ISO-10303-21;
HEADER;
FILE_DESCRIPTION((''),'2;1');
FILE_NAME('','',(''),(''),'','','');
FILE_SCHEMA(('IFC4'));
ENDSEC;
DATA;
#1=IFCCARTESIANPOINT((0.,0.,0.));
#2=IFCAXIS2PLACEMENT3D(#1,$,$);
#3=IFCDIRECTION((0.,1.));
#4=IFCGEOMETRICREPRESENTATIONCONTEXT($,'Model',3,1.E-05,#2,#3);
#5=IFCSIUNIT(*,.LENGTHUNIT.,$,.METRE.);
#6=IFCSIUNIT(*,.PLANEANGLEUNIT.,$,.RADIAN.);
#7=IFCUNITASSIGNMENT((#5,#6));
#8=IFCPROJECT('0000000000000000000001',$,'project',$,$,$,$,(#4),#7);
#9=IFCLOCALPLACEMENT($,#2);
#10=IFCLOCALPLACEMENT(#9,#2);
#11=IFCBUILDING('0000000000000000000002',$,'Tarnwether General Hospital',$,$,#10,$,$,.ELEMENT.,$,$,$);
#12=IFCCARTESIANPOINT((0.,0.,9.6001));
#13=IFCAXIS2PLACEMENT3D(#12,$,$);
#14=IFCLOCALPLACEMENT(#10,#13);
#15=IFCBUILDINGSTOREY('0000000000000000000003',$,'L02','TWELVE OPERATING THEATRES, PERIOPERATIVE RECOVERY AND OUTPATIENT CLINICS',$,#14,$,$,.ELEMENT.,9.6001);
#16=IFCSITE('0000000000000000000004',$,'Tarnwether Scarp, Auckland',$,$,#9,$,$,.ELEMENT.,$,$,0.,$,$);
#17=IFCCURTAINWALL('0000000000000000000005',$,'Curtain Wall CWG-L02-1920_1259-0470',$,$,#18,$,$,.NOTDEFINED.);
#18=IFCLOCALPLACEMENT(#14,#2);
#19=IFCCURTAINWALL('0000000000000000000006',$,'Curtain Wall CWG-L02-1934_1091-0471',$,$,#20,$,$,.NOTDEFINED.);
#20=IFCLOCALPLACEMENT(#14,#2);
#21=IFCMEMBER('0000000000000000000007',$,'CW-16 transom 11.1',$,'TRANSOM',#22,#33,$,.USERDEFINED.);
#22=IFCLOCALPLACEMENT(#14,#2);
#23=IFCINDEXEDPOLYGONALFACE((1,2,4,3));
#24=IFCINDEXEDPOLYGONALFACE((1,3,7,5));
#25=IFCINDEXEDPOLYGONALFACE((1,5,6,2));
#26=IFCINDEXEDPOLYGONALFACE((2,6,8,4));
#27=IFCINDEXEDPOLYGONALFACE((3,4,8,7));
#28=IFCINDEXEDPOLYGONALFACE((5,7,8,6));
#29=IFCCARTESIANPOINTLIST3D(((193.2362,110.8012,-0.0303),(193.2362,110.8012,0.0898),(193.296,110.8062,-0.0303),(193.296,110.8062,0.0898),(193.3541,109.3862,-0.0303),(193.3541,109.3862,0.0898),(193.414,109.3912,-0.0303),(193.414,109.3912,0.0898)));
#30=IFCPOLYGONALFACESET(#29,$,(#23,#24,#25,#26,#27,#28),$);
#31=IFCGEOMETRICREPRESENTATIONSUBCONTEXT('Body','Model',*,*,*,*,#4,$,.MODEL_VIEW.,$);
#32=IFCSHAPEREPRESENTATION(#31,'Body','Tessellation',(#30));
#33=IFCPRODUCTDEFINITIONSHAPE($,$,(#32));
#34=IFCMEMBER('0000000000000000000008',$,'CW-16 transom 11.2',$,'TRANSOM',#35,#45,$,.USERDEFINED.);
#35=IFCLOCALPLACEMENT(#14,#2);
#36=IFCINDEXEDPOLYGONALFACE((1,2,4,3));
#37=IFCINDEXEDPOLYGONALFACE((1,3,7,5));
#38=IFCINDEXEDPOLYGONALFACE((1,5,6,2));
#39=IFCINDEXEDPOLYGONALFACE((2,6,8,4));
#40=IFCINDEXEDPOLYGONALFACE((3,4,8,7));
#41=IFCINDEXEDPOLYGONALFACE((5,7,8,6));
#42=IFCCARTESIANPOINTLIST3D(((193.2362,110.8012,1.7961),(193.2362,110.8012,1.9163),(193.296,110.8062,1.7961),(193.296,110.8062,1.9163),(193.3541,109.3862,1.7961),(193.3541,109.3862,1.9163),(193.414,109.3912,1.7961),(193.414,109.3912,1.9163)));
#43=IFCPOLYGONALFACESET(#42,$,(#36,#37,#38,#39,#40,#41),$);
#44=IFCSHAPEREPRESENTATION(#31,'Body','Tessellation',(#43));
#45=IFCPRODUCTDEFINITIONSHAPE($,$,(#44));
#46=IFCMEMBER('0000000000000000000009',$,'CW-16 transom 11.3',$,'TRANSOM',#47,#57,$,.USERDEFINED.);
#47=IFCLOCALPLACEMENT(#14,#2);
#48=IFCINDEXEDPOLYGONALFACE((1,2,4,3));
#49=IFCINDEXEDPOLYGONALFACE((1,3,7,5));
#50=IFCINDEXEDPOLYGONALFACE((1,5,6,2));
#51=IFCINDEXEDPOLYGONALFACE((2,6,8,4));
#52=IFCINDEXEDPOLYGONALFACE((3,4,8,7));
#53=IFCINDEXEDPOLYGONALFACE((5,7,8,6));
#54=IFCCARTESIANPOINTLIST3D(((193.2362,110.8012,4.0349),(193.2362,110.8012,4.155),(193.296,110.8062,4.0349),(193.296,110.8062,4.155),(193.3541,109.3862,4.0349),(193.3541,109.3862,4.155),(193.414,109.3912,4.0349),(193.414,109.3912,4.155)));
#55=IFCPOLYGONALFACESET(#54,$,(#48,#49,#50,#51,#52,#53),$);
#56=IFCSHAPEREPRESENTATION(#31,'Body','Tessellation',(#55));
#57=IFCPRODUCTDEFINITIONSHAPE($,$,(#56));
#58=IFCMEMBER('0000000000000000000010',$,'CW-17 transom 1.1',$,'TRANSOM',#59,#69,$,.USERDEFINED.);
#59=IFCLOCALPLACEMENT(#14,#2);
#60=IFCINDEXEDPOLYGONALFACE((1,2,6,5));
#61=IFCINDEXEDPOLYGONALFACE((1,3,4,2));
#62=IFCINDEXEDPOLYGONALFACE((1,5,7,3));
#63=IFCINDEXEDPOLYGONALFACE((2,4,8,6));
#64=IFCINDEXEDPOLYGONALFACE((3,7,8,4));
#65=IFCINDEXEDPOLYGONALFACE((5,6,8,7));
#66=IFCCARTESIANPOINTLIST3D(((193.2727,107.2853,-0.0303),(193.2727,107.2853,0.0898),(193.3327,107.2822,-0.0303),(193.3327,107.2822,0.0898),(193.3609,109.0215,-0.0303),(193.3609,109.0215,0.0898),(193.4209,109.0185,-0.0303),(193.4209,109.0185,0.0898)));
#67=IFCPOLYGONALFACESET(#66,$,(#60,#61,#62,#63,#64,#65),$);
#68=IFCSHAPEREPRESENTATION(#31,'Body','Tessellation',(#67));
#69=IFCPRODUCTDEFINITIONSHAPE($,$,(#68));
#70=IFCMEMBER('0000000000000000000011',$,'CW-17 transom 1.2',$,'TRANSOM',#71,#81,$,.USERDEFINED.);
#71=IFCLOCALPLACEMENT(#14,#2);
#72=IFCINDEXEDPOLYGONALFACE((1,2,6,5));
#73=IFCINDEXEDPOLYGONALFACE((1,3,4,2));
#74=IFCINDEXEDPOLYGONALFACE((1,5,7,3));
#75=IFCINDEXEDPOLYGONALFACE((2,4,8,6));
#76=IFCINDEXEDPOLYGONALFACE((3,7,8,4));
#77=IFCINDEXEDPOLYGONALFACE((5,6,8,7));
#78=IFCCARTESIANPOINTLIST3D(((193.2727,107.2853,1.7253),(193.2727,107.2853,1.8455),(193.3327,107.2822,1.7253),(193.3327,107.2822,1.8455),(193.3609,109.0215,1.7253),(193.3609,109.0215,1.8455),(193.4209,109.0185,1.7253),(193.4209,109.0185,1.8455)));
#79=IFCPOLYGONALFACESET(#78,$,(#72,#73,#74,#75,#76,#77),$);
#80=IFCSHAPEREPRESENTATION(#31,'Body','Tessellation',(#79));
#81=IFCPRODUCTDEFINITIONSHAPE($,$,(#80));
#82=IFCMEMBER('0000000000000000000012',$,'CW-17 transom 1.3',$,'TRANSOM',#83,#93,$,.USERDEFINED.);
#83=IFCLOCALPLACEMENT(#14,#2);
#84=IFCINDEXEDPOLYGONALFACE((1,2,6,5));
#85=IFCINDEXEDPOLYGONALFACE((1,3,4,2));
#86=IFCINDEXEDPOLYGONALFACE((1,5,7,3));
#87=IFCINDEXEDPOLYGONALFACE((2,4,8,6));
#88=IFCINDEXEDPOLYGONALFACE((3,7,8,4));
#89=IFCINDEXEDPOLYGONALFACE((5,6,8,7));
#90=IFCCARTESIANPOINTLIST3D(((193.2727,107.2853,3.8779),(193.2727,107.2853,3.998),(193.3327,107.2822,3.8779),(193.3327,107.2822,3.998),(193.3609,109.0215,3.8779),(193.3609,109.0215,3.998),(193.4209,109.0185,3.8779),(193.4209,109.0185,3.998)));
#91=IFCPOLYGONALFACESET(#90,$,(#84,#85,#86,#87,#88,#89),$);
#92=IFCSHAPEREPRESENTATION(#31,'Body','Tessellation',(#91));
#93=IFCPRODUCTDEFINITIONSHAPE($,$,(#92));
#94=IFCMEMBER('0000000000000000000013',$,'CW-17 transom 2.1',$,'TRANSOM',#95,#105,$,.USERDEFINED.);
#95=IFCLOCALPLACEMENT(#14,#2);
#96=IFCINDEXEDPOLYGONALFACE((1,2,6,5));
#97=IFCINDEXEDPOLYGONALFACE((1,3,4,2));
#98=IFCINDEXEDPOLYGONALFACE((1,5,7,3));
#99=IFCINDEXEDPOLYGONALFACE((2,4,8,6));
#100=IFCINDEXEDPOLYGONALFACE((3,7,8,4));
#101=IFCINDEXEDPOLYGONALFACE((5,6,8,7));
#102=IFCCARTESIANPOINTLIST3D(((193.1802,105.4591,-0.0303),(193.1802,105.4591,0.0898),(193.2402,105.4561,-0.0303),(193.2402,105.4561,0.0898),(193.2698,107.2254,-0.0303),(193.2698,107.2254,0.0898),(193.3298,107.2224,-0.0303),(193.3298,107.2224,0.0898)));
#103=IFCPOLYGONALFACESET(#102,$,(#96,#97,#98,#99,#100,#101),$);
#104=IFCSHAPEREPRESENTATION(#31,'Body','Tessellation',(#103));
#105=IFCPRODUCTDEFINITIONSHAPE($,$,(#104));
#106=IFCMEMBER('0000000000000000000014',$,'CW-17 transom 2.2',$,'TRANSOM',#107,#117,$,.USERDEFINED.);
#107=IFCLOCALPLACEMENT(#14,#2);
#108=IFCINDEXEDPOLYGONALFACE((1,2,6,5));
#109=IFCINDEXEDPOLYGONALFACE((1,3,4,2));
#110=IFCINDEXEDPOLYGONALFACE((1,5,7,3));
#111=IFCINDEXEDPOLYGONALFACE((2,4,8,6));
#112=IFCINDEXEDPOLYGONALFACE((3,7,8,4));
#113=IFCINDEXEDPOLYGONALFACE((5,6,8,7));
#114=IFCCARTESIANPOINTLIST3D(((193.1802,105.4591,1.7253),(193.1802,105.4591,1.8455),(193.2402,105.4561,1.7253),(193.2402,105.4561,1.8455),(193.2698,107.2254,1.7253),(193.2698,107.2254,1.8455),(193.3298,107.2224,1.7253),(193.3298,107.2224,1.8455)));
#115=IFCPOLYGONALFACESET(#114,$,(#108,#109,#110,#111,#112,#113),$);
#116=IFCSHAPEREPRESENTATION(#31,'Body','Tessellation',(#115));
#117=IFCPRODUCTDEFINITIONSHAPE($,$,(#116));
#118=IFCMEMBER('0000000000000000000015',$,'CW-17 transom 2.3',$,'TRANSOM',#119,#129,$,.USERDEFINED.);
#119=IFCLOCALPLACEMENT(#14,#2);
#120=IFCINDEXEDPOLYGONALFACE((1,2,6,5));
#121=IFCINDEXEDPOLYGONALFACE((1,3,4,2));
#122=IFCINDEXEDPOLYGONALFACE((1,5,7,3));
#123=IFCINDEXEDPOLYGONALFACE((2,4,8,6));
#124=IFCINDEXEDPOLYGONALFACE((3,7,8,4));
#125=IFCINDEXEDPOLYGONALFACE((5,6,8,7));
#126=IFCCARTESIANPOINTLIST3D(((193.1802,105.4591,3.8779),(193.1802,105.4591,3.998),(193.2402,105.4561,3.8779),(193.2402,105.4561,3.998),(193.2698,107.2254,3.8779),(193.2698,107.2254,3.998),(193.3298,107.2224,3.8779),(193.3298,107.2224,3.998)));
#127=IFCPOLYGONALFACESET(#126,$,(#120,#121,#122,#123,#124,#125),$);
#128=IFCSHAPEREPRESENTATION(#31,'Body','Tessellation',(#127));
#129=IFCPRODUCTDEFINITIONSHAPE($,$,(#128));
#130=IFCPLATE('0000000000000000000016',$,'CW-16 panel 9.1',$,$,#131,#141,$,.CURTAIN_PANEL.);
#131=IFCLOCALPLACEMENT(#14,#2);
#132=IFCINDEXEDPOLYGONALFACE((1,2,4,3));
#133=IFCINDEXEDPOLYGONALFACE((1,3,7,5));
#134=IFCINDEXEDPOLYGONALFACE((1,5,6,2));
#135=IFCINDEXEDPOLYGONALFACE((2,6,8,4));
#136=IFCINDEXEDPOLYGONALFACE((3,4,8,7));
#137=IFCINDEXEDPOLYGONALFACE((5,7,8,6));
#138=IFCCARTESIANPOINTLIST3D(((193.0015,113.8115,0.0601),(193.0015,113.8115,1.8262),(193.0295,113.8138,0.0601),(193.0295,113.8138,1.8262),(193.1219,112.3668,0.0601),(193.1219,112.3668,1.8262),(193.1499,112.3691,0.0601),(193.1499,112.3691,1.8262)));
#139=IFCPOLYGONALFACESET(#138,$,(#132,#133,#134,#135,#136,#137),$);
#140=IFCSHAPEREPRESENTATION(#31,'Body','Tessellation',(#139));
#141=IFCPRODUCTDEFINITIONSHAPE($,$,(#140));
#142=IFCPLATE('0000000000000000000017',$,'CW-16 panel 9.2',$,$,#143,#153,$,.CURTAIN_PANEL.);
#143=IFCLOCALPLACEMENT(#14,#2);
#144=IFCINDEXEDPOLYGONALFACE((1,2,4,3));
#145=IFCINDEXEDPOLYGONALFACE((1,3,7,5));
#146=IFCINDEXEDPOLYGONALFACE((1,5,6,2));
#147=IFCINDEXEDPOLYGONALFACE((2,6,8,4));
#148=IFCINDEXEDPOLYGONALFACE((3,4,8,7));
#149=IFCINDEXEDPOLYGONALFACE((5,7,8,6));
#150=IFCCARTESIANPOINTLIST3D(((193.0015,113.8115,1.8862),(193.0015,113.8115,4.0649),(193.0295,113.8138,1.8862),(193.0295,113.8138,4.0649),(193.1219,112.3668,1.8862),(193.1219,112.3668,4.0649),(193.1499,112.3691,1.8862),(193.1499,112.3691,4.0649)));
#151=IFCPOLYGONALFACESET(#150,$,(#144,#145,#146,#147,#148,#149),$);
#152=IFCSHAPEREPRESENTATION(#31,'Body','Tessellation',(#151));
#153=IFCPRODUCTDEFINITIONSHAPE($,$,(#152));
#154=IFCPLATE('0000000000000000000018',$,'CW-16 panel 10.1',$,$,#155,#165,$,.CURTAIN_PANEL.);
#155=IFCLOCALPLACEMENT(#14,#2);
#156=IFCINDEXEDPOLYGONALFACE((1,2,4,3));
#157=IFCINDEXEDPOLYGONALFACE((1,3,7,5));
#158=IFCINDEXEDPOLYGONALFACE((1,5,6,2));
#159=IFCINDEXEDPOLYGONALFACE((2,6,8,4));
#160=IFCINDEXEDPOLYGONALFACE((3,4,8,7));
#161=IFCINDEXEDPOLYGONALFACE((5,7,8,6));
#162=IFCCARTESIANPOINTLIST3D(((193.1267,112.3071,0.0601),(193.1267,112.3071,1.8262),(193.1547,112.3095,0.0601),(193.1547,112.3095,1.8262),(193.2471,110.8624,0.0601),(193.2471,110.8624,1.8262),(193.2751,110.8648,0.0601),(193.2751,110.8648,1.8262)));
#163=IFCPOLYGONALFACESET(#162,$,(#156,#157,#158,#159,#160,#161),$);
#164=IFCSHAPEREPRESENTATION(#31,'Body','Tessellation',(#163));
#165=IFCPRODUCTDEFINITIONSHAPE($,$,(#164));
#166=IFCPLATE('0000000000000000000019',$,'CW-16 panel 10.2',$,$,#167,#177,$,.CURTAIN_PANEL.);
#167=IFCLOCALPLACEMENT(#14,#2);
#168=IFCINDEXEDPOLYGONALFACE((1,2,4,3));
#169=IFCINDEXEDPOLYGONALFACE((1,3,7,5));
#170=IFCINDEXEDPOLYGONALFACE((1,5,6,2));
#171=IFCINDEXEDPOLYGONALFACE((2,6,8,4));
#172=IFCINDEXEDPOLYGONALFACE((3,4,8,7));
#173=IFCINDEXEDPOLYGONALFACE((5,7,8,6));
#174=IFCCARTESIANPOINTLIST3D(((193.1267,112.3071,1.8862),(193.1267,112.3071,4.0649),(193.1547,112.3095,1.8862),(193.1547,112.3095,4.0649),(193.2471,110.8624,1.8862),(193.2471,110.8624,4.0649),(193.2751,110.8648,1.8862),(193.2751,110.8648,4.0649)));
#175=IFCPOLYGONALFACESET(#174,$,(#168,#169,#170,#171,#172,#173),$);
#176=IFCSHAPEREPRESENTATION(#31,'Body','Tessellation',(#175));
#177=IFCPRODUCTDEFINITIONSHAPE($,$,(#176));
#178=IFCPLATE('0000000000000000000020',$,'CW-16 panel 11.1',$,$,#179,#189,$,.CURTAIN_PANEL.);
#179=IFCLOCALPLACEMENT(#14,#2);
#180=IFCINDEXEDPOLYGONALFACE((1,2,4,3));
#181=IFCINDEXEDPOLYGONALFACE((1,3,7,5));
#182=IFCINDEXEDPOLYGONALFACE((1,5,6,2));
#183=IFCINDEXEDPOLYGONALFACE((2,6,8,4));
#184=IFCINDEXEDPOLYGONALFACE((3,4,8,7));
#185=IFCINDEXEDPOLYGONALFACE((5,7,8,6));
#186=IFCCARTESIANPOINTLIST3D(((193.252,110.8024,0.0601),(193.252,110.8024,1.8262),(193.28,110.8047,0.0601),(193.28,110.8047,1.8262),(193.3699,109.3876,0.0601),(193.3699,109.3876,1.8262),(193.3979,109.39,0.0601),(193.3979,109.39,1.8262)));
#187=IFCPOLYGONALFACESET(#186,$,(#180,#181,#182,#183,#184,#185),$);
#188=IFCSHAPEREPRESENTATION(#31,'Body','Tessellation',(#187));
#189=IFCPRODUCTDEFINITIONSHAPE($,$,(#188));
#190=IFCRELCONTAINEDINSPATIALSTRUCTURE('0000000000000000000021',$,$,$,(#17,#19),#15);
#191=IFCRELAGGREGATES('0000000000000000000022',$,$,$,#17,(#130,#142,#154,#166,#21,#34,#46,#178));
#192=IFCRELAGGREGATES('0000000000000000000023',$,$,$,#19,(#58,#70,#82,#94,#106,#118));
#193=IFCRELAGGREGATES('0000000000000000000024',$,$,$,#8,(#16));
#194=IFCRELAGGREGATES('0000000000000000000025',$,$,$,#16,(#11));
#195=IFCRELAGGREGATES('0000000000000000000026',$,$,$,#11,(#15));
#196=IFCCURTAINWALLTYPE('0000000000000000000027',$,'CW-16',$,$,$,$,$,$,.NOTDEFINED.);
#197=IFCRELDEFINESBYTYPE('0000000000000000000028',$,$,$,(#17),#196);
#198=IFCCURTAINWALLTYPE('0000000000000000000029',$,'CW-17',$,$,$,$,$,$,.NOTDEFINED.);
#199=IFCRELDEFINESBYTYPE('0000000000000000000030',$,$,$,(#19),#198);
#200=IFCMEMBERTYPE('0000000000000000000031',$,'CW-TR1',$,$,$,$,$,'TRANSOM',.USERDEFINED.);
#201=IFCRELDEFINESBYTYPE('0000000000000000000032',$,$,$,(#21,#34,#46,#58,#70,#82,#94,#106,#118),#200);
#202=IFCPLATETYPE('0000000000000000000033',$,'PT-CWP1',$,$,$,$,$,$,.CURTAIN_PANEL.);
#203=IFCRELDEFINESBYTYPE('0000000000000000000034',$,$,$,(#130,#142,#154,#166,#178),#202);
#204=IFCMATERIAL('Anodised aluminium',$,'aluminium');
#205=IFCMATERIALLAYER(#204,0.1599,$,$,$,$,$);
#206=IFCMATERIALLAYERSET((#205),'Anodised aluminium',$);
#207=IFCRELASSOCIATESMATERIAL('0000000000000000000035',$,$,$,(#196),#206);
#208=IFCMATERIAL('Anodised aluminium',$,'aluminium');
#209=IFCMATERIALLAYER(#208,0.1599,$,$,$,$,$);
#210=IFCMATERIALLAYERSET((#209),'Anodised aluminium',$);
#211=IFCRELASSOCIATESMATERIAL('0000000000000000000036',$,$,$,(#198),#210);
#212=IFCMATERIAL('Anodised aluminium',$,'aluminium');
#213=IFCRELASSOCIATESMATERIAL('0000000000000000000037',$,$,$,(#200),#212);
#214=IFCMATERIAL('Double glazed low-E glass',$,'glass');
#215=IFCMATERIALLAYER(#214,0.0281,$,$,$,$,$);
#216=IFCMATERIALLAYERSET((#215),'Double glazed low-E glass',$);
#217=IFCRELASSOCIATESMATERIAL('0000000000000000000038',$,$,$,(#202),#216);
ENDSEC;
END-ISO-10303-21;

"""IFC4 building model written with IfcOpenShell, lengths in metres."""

from ifc_helpers import new_model, si_unit, direction, frame, origin, origin_2d, place, context, subcontext, project, spatial, rectangle, extrude, material, layer, layer_set, material_profile, profile_set, type_object, element, aggregate, save


model = new_model("IFC4")

# Units and contexts
model_context = context("Model", 3, precision=1e-05, world=origin(), true_north=direction((0.0, 1.0)))
body_context = subcontext(model_context, "Body", "Model", "MODEL_VIEW")
ifc_project = project(units=[si_unit("LENGTHUNIT", "METRE"), si_unit("PLANEANGLEUNIT", "RADIAN")], contexts=[model_context])

# Site, building, storey
site_placement = place(None, origin())
site = spatial("IfcSite", under=ifc_project, at=site_placement, Name="Tarnwether Scarp, Auckland", CompositionType="ELEMENT", RefElevation=0.0)
building_placement = place(site_placement, origin())
building = spatial("IfcBuilding", under=site, at=building_placement, Name="Tarnwether General Hospital", CompositionType="ELEMENT")
storey_placement = place(building_placement, frame((0.0, 0.0, 9.6001)))
storey = spatial("IfcBuildingStorey", under=building, at=storey_placement, Name="L02", Description="TWELVE OPERATING THEATRES, PERIOPERATIVE RECOVERY AND OUTPATIENT CLINICS", CompositionType="ELEMENT", Elevation=9.6001)

# Curtain walls
ifc_material_1 = material(Name="Anodised aluminium", Category="aluminium")
ifc_layer_1 = layer(ifc_material_1, 0.1599)
ifc_layer_set_1 = layer_set([ifc_layer_1], Name="Anodised aluminium")
curtain_wall_type_1 = type_object("IfcCurtainWallType", Name="CW-16", PredefinedType="NOTDEFINED", material=ifc_layer_set_1)
curtain_wall_1_placement = place(storey_placement, origin())
curtain_wall_1 = element("IfcCurtainWall", 1, at=curtain_wall_1_placement, inside=storey, type_object=curtain_wall_type_1, Name="Curtain Wall CWG-L02-1920_1259-0470", PredefinedType="NOTDEFINED")
ifc_material_2 = material(Name="Anodised aluminium", Category="aluminium")
ifc_layer_2 = layer(ifc_material_2, 0.1599)
ifc_layer_set_2 = layer_set([ifc_layer_2], Name="Anodised aluminium")
curtain_wall_type_2 = type_object("IfcCurtainWallType", Name="CW-17", PredefinedType="NOTDEFINED", material=ifc_layer_set_2)
curtain_wall_2_placement = place(storey_placement, origin())
curtain_wall_2 = element("IfcCurtainWall", 2, at=curtain_wall_2_placement, inside=storey, type_object=curtain_wall_type_2, Name="Curtain Wall CWG-L02-1934_1091-0471", PredefinedType="NOTDEFINED")

# Members
ifc_material_3 = material(Name="Anodised aluminium", Category="aluminium")
ifc_material_profile_1 = material_profile(ifc_material_3, rectangle(XDim=0.0601, YDim=0.1201, at=origin_2d()), Name="ALU-TRN-60x120")
ifc_profile_set_1 = profile_set([ifc_material_profile_1], Name="Anodised aluminium")
member_type_1 = type_object("IfcMemberType", Name="CW-TR1", ElementType="TRANSOM", PredefinedType="USERDEFINED", material=ifc_profile_set_1)
member_1_placement = place(storey_placement, frame((193.2661, 110.8037, 0.0298), z_axis=(0.083045, -0.996546, 0.0), x_axis=(0.996546, 0.083045, 0.0)))
member_1 = element("IfcMember", 3, at=member_1_placement, type_object=member_type_1, Name="CW-16 transom 11.1", ObjectType="TRANSOM", PredefinedType="USERDEFINED", context=body_context, shape_type="SweptSolid", body=[
    extrude(rectangle(XDim=0.0601, YDim=0.1201, at=origin_2d()), origin(), (0.0, 0.0, 1.0), 1.4199),
])
member_2_placement = place(storey_placement, frame((193.2661, 110.8037, 1.8562), z_axis=(0.083045, -0.996546, 0.0), x_axis=(0.996546, 0.083045, 0.0)))
member_2 = element("IfcMember", 4, at=member_2_placement, type_object=member_type_1, Name="CW-16 transom 11.2", ObjectType="TRANSOM", PredefinedType="USERDEFINED", context=body_context, shape_type="SweptSolid", body=[
    extrude(rectangle(XDim=0.0601, YDim=0.1201, at=origin_2d()), origin(), (0.0, 0.0, 1.0), 1.4199),
])
member_3_placement = place(storey_placement, frame((193.2661, 110.8037, 4.095), z_axis=(0.083045, -0.996546, 0.0), x_axis=(0.996546, 0.083045, 0.0)))
member_3 = element("IfcMember", 5, at=member_3_placement, type_object=member_type_1, Name="CW-16 transom 11.3", ObjectType="TRANSOM", PredefinedType="USERDEFINED", context=body_context, shape_type="SweptSolid", body=[
    extrude(rectangle(XDim=0.0601, YDim=0.1201, at=origin_2d()), origin(), (0.0, 0.0, 1.0), 1.4199),
])
member_4_placement = place(storey_placement, frame((193.3909, 109.02, 0.0298), z_axis=(-0.050694, -0.998714, 0.0), x_axis=(0.998714, -0.050694, 0.0)))
member_4 = element("IfcMember", 6, at=member_4_placement, type_object=member_type_1, Name="CW-17 transom 1.1", ObjectType="TRANSOM", PredefinedType="USERDEFINED", context=body_context, shape_type="SweptSolid", body=[
    extrude(rectangle(XDim=0.0601, YDim=0.1201, at=origin_2d()), origin(), (0.0, 0.0, 1.0), 1.7385),
])
member_5_placement = place(storey_placement, frame((193.3909, 109.02, 1.7854), z_axis=(-0.050694, -0.998714, 0.0), x_axis=(0.998714, -0.050694, 0.0)))
member_5 = element("IfcMember", 7, at=member_5_placement, type_object=member_type_1, Name="CW-17 transom 1.2", ObjectType="TRANSOM", PredefinedType="USERDEFINED", context=body_context, shape_type="SweptSolid", body=[
    extrude(rectangle(XDim=0.0601, YDim=0.1201, at=origin_2d()), origin(), (0.0, 0.0, 1.0), 1.7385),
])
member_6_placement = place(storey_placement, frame((193.3909, 109.02, 3.938), z_axis=(-0.050694, -0.998714, 0.0), x_axis=(0.998714, -0.050694, 0.0)))
member_6 = element("IfcMember", 8, at=member_6_placement, type_object=member_type_1, Name="CW-17 transom 1.3", ObjectType="TRANSOM", PredefinedType="USERDEFINED", context=body_context, shape_type="SweptSolid", body=[
    extrude(rectangle(XDim=0.0601, YDim=0.1201, at=origin_2d()), origin(), (0.0, 0.0, 1.0), 1.7385),
])
member_7_placement = place(storey_placement, frame((193.2998, 107.2239, 0.0298), z_axis=(-0.050661, -0.998716, 0.0), x_axis=(0.998716, -0.050661, 0.0)))
member_7 = element("IfcMember", 9, at=member_7_placement, type_object=member_type_1, Name="CW-17 transom 2.1", ObjectType="TRANSOM", PredefinedType="USERDEFINED", context=body_context, shape_type="SweptSolid", body=[
    extrude(rectangle(XDim=0.0601, YDim=0.1201, at=origin_2d()), origin(), (0.0, 0.0, 1.0), 1.7686),
])
member_8_placement = place(storey_placement, frame((193.2998, 107.2239, 1.7854), z_axis=(-0.050661, -0.998716, 0.0), x_axis=(0.998716, -0.050661, 0.0)))
member_8 = element("IfcMember", 10, at=member_8_placement, type_object=member_type_1, Name="CW-17 transom 2.2", ObjectType="TRANSOM", PredefinedType="USERDEFINED", context=body_context, shape_type="SweptSolid", body=[
    extrude(rectangle(XDim=0.0601, YDim=0.1201, at=origin_2d()), origin(), (0.0, 0.0, 1.0), 1.7686),
])
member_9_placement = place(storey_placement, frame((193.2998, 107.2239, 3.938), z_axis=(-0.050661, -0.998716, 0.0), x_axis=(0.998716, -0.050661, 0.0)))
member_9 = element("IfcMember", 11, at=member_9_placement, type_object=member_type_1, Name="CW-17 transom 2.3", ObjectType="TRANSOM", PredefinedType="USERDEFINED", context=body_context, shape_type="SweptSolid", body=[
    extrude(rectangle(XDim=0.0601, YDim=0.1201, at=origin_2d()), origin(), (0.0, 0.0, 1.0), 1.7686),
])

# Plates
ifc_material_4 = material(Name="Double glazed low-E glass", Category="glass")
ifc_layer_3 = layer(ifc_material_4, 0.0281)
ifc_layer_set_3 = layer_set([ifc_layer_3], Name="Double glazed low-E glass")
plate_type_1 = type_object("IfcPlateType", Name="PT-CWP1", PredefinedType="CURTAIN_PANEL", material=ifc_layer_set_3)
plate_1_placement = place(storey_placement, frame((193.0757, 113.0903, 0.0601), z_axis=(0.0, 0.0, 1.0), x_axis=(0.083036, -0.996547, 0.0)))
plate_1 = element("IfcPlate", 12, at=plate_1_placement, type_object=plate_type_1, Name="CW-16 panel 9.1", PredefinedType="CURTAIN_PANEL", context=body_context, shape_type="SweptSolid", body=[
    extrude(rectangle(XDim=1.4497, YDim=0.0281, at=origin_2d()), origin(), (0.0, 0.0, 1.0), 1.7661),
])
plate_2_placement = place(storey_placement, frame((193.0757, 113.0903, 1.8862), z_axis=(0.0, 0.0, 1.0), x_axis=(0.083036, -0.996547, 0.0)))
plate_2 = element("IfcPlate", 13, at=plate_2_placement, type_object=plate_type_1, Name="CW-16 panel 9.2", PredefinedType="CURTAIN_PANEL", context=body_context, shape_type="SweptSolid", body=[
    extrude(rectangle(XDim=1.4497, YDim=0.0281, at=origin_2d()), origin(), (0.0, 0.0, 1.0), 2.1787),
])
plate_3_placement = place(storey_placement, frame((193.2009, 111.5859, 0.0601), z_axis=(0.0, 0.0, 1.0), x_axis=(0.083036, -0.996547, 0.0)))
plate_3 = element("IfcPlate", 14, at=plate_3_placement, type_object=plate_type_1, Name="CW-16 panel 10.1", PredefinedType="CURTAIN_PANEL", context=body_context, shape_type="SweptSolid", body=[
    extrude(rectangle(XDim=1.4497, YDim=0.0281, at=origin_2d()), origin(), (0.0, 0.0, 1.0), 1.7661),
])
plate_4_placement = place(storey_placement, frame((193.2009, 111.5859, 1.8862), z_axis=(0.0, 0.0, 1.0), x_axis=(0.083036, -0.996547, 0.0)))
plate_4 = element("IfcPlate", 15, at=plate_4_placement, type_object=plate_type_1, Name="CW-16 panel 10.2", PredefinedType="CURTAIN_PANEL", context=body_context, shape_type="SweptSolid", body=[
    extrude(rectangle(XDim=1.4497, YDim=0.0281, at=origin_2d()), origin(), (0.0, 0.0, 1.0), 2.1787),
])
plate_5_placement = place(storey_placement, frame((193.325, 110.0962, 0.0601), z_axis=(0.0, 0.0, 1.0), x_axis=(0.083036, -0.996547, 0.0)))
plate_5 = element("IfcPlate", 16, at=plate_5_placement, type_object=plate_type_1, Name="CW-16 panel 11.1", PredefinedType="CURTAIN_PANEL", context=body_context, shape_type="SweptSolid", body=[
    extrude(rectangle(XDim=1.4197, YDim=0.0281, at=origin_2d()), origin(), (0.0, 0.0, 1.0), 1.7661),
])
aggregate(curtain_wall_1, [plate_1, plate_2, plate_3, plate_4, member_1, member_2, member_3, plate_5])
aggregate(curtain_wall_2, [member_4, member_5, member_6, member_7, member_8, member_9])

save(model, "model.ifc")
